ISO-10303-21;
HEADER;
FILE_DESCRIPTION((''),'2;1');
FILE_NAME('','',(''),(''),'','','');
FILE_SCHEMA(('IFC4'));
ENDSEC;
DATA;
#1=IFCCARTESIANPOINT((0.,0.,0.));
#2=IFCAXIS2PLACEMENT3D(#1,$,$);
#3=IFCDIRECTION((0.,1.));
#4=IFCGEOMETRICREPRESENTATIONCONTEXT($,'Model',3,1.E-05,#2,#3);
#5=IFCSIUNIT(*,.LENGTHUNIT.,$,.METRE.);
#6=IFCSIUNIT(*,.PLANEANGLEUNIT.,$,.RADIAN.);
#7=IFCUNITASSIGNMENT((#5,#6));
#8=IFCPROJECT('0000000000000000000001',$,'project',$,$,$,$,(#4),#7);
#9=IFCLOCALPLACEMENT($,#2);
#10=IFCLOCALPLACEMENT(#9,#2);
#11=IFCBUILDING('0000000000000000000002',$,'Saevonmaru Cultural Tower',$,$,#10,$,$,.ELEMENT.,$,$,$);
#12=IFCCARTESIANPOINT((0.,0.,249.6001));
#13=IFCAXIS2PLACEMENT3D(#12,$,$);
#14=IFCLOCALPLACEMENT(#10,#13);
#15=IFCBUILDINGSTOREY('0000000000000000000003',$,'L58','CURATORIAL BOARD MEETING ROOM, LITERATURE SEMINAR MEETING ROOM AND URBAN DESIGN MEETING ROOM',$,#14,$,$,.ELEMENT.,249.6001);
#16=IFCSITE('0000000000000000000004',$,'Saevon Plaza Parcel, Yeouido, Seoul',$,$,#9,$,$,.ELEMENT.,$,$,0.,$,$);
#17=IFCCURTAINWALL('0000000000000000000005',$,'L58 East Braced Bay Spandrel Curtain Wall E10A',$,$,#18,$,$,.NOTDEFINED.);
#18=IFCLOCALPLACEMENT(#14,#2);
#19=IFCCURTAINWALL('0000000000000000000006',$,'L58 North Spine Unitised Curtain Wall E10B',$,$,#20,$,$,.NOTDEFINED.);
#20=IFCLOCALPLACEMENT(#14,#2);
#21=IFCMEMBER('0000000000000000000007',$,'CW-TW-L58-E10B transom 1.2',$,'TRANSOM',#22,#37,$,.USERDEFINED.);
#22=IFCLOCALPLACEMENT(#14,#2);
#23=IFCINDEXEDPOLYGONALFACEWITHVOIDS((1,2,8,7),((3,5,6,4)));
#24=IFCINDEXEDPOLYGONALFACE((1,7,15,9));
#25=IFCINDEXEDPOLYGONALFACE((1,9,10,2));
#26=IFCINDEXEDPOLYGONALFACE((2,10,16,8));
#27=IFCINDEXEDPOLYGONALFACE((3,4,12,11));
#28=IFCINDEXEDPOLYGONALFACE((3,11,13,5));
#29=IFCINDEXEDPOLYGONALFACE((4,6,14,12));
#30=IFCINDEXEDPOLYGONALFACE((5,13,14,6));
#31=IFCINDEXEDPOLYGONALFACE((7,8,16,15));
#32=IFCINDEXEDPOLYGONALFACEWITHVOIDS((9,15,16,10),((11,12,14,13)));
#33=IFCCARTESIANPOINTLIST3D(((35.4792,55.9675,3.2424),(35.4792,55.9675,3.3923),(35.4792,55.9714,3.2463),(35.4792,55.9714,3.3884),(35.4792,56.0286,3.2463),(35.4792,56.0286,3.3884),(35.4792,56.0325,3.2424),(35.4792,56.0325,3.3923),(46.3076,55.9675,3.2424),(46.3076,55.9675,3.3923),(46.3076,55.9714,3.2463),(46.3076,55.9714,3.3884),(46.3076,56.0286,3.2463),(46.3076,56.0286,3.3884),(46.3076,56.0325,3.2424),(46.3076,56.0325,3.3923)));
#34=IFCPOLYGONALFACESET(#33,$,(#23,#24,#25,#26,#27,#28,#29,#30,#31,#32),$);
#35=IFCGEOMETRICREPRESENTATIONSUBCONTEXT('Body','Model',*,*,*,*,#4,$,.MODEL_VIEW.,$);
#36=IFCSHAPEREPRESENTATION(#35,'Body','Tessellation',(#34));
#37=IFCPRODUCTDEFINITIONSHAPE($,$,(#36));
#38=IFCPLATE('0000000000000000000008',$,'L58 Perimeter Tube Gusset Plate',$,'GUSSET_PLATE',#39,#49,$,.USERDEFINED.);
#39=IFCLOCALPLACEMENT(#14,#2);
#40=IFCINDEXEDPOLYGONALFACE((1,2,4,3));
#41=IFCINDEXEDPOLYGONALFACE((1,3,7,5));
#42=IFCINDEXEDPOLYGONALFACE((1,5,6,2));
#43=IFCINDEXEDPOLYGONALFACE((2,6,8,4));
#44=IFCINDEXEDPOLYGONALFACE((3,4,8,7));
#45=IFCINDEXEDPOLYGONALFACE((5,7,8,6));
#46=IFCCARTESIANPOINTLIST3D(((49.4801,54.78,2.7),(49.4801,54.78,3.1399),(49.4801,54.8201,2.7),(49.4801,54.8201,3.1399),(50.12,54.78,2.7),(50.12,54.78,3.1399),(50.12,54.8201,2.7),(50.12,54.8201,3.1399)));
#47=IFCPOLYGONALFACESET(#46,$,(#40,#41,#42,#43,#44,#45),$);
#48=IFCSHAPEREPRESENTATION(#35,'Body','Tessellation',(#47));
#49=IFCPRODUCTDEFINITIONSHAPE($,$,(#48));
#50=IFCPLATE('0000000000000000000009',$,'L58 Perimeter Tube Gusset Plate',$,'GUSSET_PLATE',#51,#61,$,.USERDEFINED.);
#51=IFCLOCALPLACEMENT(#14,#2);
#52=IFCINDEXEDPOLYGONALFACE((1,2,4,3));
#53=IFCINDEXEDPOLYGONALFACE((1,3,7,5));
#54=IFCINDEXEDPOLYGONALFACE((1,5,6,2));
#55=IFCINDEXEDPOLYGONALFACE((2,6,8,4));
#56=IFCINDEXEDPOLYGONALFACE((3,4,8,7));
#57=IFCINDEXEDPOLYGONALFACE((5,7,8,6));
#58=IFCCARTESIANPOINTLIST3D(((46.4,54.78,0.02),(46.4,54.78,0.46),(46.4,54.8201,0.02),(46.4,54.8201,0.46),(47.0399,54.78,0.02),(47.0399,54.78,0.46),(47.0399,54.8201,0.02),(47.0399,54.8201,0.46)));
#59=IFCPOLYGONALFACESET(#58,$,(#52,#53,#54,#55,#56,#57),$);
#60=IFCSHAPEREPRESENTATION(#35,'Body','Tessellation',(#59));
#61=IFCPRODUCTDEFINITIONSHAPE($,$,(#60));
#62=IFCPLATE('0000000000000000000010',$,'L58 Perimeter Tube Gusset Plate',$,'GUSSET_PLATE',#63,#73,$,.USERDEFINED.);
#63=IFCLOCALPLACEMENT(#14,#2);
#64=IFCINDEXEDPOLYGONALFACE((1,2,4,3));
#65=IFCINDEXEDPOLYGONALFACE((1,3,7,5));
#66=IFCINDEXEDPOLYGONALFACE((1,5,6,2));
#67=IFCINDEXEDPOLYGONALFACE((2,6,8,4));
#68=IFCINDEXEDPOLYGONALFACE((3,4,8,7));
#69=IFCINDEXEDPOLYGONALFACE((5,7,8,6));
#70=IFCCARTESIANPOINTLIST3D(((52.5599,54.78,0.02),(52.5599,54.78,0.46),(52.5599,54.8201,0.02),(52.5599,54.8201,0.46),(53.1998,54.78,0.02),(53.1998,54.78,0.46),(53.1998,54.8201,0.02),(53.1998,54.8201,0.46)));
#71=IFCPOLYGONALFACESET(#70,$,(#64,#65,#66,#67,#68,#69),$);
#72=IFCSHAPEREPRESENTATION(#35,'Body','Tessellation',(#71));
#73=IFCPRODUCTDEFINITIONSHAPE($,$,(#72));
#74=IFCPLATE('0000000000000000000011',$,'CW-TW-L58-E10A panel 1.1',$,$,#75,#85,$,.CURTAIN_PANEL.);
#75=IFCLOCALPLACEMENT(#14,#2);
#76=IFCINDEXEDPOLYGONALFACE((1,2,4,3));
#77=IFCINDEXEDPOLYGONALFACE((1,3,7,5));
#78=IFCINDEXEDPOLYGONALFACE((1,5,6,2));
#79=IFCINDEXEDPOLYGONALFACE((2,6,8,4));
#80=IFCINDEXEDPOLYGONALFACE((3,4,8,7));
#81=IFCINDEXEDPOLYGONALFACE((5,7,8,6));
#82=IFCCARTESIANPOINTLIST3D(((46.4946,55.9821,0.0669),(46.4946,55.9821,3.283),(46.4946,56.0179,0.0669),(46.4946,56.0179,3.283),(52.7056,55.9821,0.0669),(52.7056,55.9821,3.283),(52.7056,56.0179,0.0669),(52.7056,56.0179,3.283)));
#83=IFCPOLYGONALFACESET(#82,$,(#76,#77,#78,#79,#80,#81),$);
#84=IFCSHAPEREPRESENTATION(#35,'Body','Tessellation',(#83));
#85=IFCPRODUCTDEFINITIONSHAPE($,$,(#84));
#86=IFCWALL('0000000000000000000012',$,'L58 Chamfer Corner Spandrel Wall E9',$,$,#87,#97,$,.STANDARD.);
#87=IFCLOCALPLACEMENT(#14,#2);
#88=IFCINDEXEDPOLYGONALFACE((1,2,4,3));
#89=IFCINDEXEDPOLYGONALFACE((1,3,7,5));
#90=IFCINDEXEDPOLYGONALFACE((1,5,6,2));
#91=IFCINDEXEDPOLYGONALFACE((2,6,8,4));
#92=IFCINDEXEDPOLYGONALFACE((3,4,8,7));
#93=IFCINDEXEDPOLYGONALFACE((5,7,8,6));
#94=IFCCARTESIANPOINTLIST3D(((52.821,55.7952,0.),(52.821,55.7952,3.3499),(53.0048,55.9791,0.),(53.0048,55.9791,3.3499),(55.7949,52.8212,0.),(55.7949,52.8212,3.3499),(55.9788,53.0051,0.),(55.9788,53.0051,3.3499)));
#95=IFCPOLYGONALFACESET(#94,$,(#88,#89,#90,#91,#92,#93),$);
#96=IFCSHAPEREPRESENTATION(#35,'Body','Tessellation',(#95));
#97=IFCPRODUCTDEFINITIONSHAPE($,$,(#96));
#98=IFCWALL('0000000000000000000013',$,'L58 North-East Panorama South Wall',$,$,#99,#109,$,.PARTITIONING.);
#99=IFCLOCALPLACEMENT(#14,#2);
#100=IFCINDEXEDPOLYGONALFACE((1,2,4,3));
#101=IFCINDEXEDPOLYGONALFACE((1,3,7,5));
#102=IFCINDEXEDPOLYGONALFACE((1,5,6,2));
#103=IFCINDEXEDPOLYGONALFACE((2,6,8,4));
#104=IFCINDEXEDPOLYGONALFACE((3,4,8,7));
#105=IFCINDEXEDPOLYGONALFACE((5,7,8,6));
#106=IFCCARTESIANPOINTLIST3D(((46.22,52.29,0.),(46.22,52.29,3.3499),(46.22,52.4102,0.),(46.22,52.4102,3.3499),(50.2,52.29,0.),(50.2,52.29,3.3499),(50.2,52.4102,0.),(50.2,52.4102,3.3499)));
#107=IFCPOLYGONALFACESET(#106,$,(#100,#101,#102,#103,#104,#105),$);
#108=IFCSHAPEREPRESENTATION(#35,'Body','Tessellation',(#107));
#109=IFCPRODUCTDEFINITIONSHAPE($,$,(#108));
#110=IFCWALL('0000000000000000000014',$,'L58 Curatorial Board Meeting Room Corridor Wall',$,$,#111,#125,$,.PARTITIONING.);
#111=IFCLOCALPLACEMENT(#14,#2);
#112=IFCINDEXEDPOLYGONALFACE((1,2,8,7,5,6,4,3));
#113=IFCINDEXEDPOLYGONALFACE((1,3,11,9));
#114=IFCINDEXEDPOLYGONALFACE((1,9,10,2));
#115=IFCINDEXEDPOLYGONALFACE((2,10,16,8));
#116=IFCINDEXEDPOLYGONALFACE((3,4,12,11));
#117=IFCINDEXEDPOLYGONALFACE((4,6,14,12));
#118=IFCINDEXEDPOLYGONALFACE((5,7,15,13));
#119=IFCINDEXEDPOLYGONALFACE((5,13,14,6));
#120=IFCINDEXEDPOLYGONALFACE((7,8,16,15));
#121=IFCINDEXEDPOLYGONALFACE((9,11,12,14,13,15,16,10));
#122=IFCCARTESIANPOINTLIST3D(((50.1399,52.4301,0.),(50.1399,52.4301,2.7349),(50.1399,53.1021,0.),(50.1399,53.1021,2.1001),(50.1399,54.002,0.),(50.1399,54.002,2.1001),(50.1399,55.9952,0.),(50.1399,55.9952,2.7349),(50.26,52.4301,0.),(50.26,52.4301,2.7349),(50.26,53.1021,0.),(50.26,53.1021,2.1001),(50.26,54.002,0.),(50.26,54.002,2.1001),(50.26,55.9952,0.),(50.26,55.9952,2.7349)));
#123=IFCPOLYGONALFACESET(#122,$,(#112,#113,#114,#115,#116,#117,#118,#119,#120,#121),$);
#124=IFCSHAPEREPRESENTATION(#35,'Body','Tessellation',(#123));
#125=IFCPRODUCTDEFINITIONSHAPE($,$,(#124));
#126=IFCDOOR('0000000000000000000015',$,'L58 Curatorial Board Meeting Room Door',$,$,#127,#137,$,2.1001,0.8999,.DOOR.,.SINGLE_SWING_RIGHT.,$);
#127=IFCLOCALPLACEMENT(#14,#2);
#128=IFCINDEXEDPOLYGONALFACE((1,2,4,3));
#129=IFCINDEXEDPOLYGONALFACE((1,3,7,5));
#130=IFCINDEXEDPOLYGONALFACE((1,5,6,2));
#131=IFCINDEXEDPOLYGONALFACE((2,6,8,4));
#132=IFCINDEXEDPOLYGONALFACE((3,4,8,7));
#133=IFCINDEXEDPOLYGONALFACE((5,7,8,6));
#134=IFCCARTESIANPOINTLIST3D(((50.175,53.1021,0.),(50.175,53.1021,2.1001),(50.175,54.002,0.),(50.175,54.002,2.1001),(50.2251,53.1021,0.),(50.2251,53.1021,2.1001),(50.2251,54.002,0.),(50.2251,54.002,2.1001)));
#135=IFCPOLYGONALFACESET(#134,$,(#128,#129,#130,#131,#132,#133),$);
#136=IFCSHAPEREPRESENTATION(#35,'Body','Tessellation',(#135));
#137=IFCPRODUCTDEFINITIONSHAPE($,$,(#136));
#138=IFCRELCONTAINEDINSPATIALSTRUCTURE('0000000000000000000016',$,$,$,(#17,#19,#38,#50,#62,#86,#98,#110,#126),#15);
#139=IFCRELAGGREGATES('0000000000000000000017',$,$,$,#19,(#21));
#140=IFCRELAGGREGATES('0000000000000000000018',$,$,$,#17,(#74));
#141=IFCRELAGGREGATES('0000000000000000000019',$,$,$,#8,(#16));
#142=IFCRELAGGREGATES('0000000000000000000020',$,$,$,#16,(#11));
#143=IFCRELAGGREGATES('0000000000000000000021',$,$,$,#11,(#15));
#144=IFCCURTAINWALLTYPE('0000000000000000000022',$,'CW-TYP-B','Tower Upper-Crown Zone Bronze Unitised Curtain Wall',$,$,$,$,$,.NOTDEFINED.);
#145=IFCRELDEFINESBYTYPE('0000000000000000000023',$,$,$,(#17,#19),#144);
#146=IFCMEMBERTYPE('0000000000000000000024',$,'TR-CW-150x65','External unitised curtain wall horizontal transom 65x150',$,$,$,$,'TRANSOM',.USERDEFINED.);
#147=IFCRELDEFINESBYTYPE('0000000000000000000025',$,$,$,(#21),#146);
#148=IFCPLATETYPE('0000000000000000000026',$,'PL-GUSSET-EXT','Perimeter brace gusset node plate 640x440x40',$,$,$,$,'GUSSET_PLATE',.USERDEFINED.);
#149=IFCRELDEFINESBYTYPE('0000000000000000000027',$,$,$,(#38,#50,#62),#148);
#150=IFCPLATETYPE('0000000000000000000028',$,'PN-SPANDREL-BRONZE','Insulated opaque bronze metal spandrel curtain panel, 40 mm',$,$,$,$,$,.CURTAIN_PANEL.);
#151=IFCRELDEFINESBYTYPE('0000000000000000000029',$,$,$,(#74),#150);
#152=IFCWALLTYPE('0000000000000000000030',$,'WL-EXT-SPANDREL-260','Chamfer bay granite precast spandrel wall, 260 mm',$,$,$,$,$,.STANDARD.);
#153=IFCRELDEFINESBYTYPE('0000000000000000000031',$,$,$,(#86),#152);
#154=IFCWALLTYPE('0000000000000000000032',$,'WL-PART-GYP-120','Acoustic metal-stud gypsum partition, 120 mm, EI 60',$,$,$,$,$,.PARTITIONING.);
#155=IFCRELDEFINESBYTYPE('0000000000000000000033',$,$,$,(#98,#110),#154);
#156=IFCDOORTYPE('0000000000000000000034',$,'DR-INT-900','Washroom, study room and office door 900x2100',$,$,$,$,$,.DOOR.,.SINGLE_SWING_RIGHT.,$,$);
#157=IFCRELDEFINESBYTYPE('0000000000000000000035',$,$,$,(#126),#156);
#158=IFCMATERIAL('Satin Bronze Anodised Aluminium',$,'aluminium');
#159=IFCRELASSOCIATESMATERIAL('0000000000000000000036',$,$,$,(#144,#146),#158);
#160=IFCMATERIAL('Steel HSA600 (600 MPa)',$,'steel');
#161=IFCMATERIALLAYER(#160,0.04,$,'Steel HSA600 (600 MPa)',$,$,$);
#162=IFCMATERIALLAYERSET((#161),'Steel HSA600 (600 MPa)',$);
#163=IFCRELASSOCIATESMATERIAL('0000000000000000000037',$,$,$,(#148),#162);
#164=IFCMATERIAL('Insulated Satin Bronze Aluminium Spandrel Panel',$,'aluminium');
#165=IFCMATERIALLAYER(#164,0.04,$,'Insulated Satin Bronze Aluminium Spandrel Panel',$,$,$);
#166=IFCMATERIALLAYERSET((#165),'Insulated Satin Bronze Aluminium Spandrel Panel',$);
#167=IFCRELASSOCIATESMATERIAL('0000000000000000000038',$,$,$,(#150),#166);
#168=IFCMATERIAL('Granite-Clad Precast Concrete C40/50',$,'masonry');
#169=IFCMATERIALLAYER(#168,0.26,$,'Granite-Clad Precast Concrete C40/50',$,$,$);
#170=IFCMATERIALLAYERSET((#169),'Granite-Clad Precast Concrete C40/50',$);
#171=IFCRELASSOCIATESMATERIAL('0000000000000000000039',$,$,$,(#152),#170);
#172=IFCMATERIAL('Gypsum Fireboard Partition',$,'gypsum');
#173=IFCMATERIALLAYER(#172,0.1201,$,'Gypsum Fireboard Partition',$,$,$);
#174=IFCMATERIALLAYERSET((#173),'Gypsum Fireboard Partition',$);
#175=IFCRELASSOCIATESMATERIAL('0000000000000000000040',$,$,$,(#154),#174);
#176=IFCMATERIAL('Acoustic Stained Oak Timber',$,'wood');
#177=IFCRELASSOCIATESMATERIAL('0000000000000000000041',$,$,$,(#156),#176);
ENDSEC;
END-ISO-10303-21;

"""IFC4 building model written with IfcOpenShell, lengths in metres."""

from ifc_helpers import new_model, si_unit, direction, frame, frame_2d, origin, origin_2d, place, context, subcontext, project, spatial, rectangle, hollow_rectangle, extrude, material, layer, layer_set, material_profile, profile_set, type_object, element, fill, aggregate, save


model = new_model("IFC4")

# Units and contexts
model_context = context("Model", 3, precision=1e-05, world=origin(), true_north=direction((0.0, 1.0)))
body_context = subcontext(model_context, "Body", "Model", "MODEL_VIEW")
ifc_project = project(units=[si_unit("LENGTHUNIT", "METRE"), si_unit("PLANEANGLEUNIT", "RADIAN")], contexts=[model_context])

# Site, building, storey
site_placement = place(None, origin())
site = spatial("IfcSite", under=ifc_project, at=site_placement, Name="Saevon Plaza Parcel, Yeouido, Seoul", CompositionType="ELEMENT", RefElevation=0.0)
building_placement = place(site_placement, origin())
building = spatial("IfcBuilding", under=site, at=building_placement, Name="Saevonmaru Cultural Tower", CompositionType="ELEMENT")
storey_placement = place(building_placement, frame((0.0, 0.0, 249.6001)))
storey = spatial("IfcBuildingStorey", under=building, at=storey_placement, Name="L58", Description="CURATORIAL BOARD MEETING ROOM, LITERATURE SEMINAR MEETING ROOM AND URBAN DESIGN MEETING ROOM", CompositionType="ELEMENT", Elevation=249.6001)

# Shared definitions
ifc_material_1 = material(Name="Satin Bronze Anodised Aluminium", Category="aluminium")
curtain_wall_type = type_object("IfcCurtainWallType", Name="CW-TYP-B", Description="Tower Upper-Crown Zone Bronze Unitised Curtain Wall", PredefinedType="NOTDEFINED", material=ifc_material_1)

# Curtain wall
curtain_wall_1_placement = place(storey_placement, origin())
curtain_wall_1 = element("IfcCurtainWall", 1, at=curtain_wall_1_placement, inside=storey, type_object=curtain_wall_type, Name="L58 East Braced Bay Spandrel Curtain Wall E10A", PredefinedType="NOTDEFINED")

# Curtain wall
curtain_wall_2_placement = place(storey_placement, origin())
curtain_wall_2 = element("IfcCurtainWall", 2, at=curtain_wall_2_placement, inside=storey, type_object=curtain_wall_type, Name="L58 North Spine Unitised Curtain Wall E10B", PredefinedType="NOTDEFINED")

# Member
ifc_material_profile_1 = material_profile(ifc_material_1, hollow_rectangle(XDim=0.0649, YDim=0.1499, WallThickness=0.0039, at=origin_2d()), Name="ALU-TRAN-150x65x4")
ifc_profile_set_1 = profile_set([ifc_material_profile_1], Name="Satin Bronze Anodised Aluminium")
member_type_1 = type_object("IfcMemberType", Name="TR-CW-150x65", Description="External unitised curtain wall horizontal transom 65x150", ElementType="TRANSOM", PredefinedType="USERDEFINED", material=ifc_profile_set_1)
member_1_placement = place(storey_placement, frame((46.3076, 56.0, 3.3174), z_axis=(-1.0, 0.0, 0.0), x_axis=(0.0, -1.0, 0.0)))
member_1 = element("IfcMember", 3, at=member_1_placement, type_object=member_type_1, Name="CW-TW-L58-E10B transom 1.2", ObjectType="TRANSOM", PredefinedType="USERDEFINED", context=body_context, shape_type="SweptSolid", body=[
    extrude(hollow_rectangle(XDim=0.0649, YDim=0.1499, WallThickness=0.0039, at=origin_2d()), origin(), (0.0, 0.0, 1.0), 10.8284),
])
aggregate(curtain_wall_2, [member_1])

# Plates
ifc_material_2 = material(Name="Steel HSA600 (600 MPa)", Category="steel")
ifc_layer_1 = layer(ifc_material_2, 0.04, Name="Steel HSA600 (600 MPa)")
ifc_layer_set_1 = layer_set([ifc_layer_1], Name="Steel HSA600 (600 MPa)")
plate_type_1 = type_object("IfcPlateType", Name="PL-GUSSET-EXT", Description="Perimeter brace gusset node plate 640x440x40", ElementType="GUSSET_PLATE", PredefinedType="USERDEFINED", material=ifc_layer_set_1)
for number, where, z_axis, x_axis, name in (
    (4, (49.8, 54.8, 2.7), (0.0, 0.0, 1.0), (1.0, 0.0, 0.0), "L58 Perimeter Tube Gusset Plate"),
    (5, (46.72, 54.8, 0.02), (0.0, 0.0, 1.0), (1.0, 0.0, 0.0), "L58 Perimeter Tube Gusset Plate"),
    (6, (52.8799, 54.8, 0.02), (0.0, 0.0, 1.0), (1.0, 0.0, 0.0), "L58 Perimeter Tube Gusset Plate"),
):
    element("IfcPlate", number, at=place(storey_placement, frame(where, z_axis=z_axis, x_axis=x_axis)), inside=storey, type_object=plate_type_1, Name=name, ObjectType="GUSSET_PLATE", PredefinedType="USERDEFINED", context=body_context, shape_type="SweptSolid", body=[
        extrude(rectangle(XDim=0.6399, YDim=0.04, at=origin_2d()), origin(), (0.0, 0.0, 1.0), 0.4399),
    ])

# Plate
ifc_material_3 = material(Name="Insulated Satin Bronze Aluminium Spandrel Panel", Category="aluminium")
ifc_layer_2 = layer(ifc_material_3, 0.04, Name="Insulated Satin Bronze Aluminium Spandrel Panel")
ifc_layer_set_2 = layer_set([ifc_layer_2], Name="Insulated Satin Bronze Aluminium Spandrel Panel")
plate_type_2 = type_object("IfcPlateType", Name="PN-SPANDREL-BRONZE", Description="Insulated opaque bronze metal spandrel curtain panel, 40 mm", PredefinedType="CURTAIN_PANEL", material=ifc_layer_set_2)
plate_placement = place(storey_placement, frame((49.6001, 56.0, 0.0669), z_axis=(0.0, 0.0, 1.0), x_axis=(-1.0, 0.0, 0.0)))
plate = element("IfcPlate", 7, at=plate_placement, type_object=plate_type_2, Name="CW-TW-L58-E10A panel 1.1", PredefinedType="CURTAIN_PANEL", context=body_context, shape_type="SweptSolid", body=[
    extrude(rectangle(XDim=6.2109, YDim=0.0359, at=origin_2d()), origin(), (0.0, 0.0, 1.0), 3.2161),
])
aggregate(curtain_wall_1, [plate])

# Walls
ifc_material_4 = material(Name="Granite-Clad Precast Concrete C40/50", Category="masonry")
ifc_layer_3 = layer(ifc_material_4, 0.26, Name="Granite-Clad Precast Concrete C40/50")
ifc_layer_set_3 = layer_set([ifc_layer_3], Name="Granite-Clad Precast Concrete C40/50")
wall_type_1 = type_object("IfcWallType", Name="WL-EXT-SPANDREL-260", Description="Chamfer bay granite precast spandrel wall, 260 mm", PredefinedType="STANDARD", material=ifc_layer_set_3)
wall_1_placement = place(storey_placement, frame((55.887, 52.9131, 0.0), z_axis=(0.0, 0.0, 1.0), x_axis=(-0.707107, 0.707107, 0.0)))
element("IfcWall", 8, at=wall_1_placement, inside=storey, type_object=wall_type_1, Name="L58 Chamfer Corner Spandrel Wall E9", PredefinedType="STANDARD", context=body_context, shape_type="SweptSolid", body=[
    extrude(rectangle(XDim=4.2058, YDim=0.26, at=frame_2d((2.103, 0.0))), origin(), (0.0, 0.0, 1.0), 3.3499),
])
ifc_material_5 = material(Name="Gypsum Fireboard Partition", Category="gypsum")
ifc_layer_4 = layer(ifc_material_5, 0.1201, Name="Gypsum Fireboard Partition")
ifc_layer_set_4 = layer_set([ifc_layer_4], Name="Gypsum Fireboard Partition")
wall_type_2 = type_object("IfcWallType", Name="WL-PART-GYP-120", Description="Acoustic metal-stud gypsum partition, 120 mm, EI 60", PredefinedType="PARTITIONING", material=ifc_layer_set_4)
wall_2_placement = place(storey_placement, frame((46.22, 52.3501, 0.0), z_axis=(0.0, 0.0, 1.0), x_axis=(1.0, 0.0, 0.0)))
element("IfcWall", 9, at=wall_2_placement, inside=storey, type_object=wall_type_2, Name="L58 North-East Panorama South Wall", PredefinedType="PARTITIONING", context=body_context, shape_type="SweptSolid", body=[
    extrude(rectangle(XDim=3.98, YDim=0.1201, at=frame_2d((1.99, 0.0))), origin(), (0.0, 0.0, 1.0), 3.3499),
])

# Wall, opening, door
wall_3_placement = place(storey_placement, frame((50.2, 52.4299, 0.0), z_axis=(0.0, 0.0, 1.0), x_axis=(0.0, 1.0, 0.0)))
wall_3 = element("IfcWall", 10, at=wall_3_placement, inside=storey, type_object=wall_type_2, Name="L58 Curatorial Board Meeting Room Corridor Wall", PredefinedType="PARTITIONING", context=body_context, shape_type="SweptSolid", body=[
    extrude(rectangle(XDim=3.5652, YDim=0.1201, at=frame_2d((1.7827, 0.0))), origin(), (0.0, 0.0, 1.0), 2.7349),
])
opening_placement = place(wall_3_placement, frame((0.6721, 0.0, 0.0)))
opening = element("IfcOpeningElement", 11, at=opening_placement, cuts=wall_3, PredefinedType="OPENING", context=body_context, shape_type="SweptSolid", body=[
    extrude(rectangle(XDim=0.8999, YDim=2.1001, at=frame_2d((0.45, 1.05))), frame((0.0, 0.0701, 0.0), z_axis=(0.0, -1.0, 0.0), x_axis=(1.0, 0.0, 0.0)), (0.0, 0.0, 1.0), 0.1401),
])
ifc_material_6 = material(Name="Acoustic Stained Oak Timber", Category="wood")
door_type = type_object("IfcDoorType", Name="DR-INT-900", Description="Washroom, study room and office door 900x2100", OperationType="SINGLE_SWING_RIGHT", PredefinedType="DOOR", material=ifc_material_6)
door_placement = place(opening_placement, origin())
door = element("IfcDoor", 12, at=door_placement, inside=storey, type_object=door_type, Name="L58 Curatorial Board Meeting Room Door", OperationType="SINGLE_SWING_RIGHT", OverallHeight=2.1001, OverallWidth=0.8999, PredefinedType="DOOR", context=body_context, shape_type="SweptSolid", body=[
    extrude(rectangle(XDim=0.8999, YDim=2.1001, at=frame_2d((0.45, 1.05))), frame((0.0, 0.0249, 0.0), z_axis=(0.0, -1.0, 0.0), x_axis=(1.0, 0.0, 0.0)), (0.0, 0.0, 1.0), 0.05),
])
fill(opening, door)

save(model, "model.ifc")
